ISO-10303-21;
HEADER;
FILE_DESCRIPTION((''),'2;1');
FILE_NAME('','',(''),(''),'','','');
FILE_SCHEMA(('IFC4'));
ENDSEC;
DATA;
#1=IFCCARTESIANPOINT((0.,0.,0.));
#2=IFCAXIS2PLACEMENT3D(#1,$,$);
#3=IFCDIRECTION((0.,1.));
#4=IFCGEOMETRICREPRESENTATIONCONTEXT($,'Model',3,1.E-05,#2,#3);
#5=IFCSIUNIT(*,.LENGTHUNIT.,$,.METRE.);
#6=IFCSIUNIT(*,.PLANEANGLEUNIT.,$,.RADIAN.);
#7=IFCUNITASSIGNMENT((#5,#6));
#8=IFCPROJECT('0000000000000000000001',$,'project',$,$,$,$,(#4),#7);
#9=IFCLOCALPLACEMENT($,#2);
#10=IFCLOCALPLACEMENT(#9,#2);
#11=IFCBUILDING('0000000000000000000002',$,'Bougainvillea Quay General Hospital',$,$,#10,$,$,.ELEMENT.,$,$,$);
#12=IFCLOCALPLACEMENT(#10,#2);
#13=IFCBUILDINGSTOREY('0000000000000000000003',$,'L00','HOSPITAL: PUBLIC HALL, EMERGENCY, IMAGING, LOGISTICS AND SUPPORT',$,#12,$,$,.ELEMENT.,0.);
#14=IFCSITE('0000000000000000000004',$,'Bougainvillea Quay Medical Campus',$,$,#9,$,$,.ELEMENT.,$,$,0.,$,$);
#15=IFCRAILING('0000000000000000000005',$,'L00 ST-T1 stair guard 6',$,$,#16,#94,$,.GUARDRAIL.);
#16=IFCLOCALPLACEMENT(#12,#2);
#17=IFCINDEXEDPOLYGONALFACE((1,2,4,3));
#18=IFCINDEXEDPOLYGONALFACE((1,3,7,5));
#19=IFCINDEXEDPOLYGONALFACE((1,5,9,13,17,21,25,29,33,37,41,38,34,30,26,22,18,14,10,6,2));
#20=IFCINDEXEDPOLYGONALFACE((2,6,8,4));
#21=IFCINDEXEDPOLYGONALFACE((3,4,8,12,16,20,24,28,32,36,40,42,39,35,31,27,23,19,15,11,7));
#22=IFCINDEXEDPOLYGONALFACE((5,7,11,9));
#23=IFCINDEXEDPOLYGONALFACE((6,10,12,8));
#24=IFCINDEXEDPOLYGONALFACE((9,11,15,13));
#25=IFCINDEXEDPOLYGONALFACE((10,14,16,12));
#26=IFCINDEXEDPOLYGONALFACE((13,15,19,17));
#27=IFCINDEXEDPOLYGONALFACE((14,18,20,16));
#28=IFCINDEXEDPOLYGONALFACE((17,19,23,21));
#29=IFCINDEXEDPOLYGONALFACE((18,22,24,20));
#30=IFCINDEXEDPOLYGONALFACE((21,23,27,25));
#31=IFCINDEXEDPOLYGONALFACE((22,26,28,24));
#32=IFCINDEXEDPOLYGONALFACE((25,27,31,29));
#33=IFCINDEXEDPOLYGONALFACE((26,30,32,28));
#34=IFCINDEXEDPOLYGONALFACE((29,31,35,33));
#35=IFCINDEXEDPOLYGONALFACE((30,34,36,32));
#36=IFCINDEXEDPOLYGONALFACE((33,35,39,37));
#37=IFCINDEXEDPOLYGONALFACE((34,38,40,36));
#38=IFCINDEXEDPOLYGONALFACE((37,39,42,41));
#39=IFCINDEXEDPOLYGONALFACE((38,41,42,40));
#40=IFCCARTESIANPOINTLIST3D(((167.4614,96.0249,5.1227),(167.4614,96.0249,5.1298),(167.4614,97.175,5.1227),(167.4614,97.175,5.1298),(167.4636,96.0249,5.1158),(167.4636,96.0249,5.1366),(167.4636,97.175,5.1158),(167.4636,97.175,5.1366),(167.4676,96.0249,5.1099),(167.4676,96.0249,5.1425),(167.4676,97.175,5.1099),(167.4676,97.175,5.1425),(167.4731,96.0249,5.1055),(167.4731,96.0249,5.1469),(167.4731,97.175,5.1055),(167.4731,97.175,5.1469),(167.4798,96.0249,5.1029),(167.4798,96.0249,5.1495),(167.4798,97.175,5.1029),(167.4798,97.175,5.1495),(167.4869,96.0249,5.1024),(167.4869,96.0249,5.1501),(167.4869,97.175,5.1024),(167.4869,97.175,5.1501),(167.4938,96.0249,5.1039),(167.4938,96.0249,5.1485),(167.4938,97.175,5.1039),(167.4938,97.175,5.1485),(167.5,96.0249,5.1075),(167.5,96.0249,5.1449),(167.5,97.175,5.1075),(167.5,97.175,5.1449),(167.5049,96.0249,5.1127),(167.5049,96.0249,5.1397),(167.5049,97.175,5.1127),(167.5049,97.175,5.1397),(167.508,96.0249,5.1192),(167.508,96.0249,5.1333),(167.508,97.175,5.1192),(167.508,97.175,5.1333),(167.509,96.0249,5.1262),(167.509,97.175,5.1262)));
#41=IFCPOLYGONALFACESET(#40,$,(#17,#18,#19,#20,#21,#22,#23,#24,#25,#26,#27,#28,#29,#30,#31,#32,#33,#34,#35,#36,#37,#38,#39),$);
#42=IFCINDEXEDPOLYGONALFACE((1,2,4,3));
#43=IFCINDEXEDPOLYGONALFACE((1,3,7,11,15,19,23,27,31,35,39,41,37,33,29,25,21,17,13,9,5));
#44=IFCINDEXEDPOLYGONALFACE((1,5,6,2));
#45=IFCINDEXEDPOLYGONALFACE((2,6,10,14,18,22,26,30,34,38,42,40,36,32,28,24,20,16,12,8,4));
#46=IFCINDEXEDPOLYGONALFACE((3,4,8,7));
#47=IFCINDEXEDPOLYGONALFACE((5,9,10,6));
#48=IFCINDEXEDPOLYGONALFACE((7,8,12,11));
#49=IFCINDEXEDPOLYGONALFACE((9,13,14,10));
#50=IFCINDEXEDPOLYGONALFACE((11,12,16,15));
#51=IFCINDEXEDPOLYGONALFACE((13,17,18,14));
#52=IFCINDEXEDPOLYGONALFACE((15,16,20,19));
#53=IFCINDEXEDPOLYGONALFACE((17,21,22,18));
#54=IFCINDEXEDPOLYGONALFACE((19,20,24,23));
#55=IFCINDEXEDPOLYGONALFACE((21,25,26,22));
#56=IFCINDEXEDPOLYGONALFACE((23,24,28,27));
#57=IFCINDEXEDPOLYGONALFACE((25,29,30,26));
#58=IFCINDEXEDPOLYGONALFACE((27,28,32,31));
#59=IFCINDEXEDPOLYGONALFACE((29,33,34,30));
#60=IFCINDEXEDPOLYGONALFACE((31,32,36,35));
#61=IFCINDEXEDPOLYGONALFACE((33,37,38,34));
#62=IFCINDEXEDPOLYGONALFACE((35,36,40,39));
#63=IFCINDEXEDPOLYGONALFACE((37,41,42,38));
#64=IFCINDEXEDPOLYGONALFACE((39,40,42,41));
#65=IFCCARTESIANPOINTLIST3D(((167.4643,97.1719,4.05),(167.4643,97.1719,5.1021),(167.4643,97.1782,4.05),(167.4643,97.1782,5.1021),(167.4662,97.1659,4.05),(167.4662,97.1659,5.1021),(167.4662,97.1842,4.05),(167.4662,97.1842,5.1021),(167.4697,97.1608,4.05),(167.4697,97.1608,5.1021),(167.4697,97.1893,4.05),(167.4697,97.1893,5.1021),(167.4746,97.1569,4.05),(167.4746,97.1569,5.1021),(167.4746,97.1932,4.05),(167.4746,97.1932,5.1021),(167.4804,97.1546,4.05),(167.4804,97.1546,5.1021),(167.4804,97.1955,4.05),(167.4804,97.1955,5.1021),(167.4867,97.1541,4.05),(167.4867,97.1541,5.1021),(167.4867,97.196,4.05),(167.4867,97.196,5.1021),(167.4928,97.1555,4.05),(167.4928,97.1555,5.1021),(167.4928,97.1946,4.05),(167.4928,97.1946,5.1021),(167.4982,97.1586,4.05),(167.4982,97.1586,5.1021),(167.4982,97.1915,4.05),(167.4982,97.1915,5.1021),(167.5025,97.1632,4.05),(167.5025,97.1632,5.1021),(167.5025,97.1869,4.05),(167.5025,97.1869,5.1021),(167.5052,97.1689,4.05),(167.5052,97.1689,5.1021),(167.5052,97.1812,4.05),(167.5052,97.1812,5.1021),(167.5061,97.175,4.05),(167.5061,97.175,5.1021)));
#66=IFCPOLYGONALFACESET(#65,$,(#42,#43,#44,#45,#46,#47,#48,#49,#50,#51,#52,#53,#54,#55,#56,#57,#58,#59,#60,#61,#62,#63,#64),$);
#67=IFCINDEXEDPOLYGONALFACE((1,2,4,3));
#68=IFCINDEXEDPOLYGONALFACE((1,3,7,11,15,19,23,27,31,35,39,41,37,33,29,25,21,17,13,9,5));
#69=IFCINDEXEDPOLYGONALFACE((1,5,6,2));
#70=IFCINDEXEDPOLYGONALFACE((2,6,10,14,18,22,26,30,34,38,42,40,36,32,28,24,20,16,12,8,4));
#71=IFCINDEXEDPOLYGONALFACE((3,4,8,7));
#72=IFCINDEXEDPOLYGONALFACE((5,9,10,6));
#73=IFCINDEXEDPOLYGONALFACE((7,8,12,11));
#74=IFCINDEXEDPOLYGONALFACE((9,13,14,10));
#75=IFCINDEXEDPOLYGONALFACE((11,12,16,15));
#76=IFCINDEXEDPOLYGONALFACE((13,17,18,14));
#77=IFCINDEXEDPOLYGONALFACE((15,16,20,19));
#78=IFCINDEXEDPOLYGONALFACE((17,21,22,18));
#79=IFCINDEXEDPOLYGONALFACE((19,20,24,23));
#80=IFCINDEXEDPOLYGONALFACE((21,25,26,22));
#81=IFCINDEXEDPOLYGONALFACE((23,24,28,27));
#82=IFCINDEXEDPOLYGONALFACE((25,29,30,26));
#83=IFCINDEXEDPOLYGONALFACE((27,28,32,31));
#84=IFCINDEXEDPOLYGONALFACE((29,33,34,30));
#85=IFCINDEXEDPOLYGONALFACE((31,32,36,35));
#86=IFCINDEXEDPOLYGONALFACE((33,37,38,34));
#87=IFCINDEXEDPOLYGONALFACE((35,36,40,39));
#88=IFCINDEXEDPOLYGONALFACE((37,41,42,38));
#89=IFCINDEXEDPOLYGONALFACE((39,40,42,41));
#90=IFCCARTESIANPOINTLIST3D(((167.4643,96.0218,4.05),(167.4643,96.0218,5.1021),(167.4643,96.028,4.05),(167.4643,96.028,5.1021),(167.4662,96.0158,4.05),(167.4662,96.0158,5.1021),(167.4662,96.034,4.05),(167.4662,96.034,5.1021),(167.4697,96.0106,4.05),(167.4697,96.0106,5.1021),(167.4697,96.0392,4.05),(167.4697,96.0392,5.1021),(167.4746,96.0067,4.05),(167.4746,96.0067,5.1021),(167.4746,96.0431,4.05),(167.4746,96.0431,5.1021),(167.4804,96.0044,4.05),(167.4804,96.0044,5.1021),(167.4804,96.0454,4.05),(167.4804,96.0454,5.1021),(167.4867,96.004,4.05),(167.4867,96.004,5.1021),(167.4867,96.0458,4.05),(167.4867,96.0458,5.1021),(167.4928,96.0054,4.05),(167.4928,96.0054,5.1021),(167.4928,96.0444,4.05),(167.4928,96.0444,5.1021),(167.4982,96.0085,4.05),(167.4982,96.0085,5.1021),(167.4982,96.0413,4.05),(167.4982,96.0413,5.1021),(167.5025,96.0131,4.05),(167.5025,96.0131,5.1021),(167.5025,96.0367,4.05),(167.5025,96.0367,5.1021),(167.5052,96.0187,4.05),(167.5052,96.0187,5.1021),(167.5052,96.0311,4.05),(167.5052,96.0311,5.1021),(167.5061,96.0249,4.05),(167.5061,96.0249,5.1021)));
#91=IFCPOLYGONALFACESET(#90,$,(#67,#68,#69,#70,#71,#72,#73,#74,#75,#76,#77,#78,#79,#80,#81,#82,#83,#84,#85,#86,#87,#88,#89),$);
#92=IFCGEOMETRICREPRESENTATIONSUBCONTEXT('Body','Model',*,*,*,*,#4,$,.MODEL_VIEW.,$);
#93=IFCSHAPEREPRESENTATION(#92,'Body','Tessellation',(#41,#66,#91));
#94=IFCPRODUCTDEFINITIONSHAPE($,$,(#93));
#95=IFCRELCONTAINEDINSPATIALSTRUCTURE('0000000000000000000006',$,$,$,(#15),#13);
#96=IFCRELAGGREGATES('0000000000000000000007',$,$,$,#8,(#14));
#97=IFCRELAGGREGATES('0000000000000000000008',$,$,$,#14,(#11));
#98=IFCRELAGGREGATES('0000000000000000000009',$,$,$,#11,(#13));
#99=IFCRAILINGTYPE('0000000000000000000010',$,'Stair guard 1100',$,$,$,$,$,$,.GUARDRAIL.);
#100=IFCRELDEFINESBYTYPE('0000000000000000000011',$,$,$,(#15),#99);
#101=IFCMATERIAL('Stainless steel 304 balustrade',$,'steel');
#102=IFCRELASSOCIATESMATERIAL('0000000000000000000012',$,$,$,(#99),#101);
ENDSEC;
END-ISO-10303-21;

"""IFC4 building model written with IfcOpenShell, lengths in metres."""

from ifc_helpers import new_model, si_unit, direction, frame, origin, origin_2d, place, context, subcontext, project, spatial, circle, extrude, material, type_object, element, save


model = new_model("IFC4")

# Units and contexts
model_context = context("Model", 3, precision=1e-05, world=origin(), true_north=direction((0.0, 1.0)))
body_context = subcontext(model_context, "Body", "Model", "MODEL_VIEW")
ifc_project = project(units=[si_unit("LENGTHUNIT", "METRE"), si_unit("PLANEANGLEUNIT", "RADIAN")], contexts=[model_context])

# Site, building, storey
site_placement = place(None, origin())
site = spatial("IfcSite", under=ifc_project, at=site_placement, Name="Bougainvillea Quay Medical Campus", CompositionType="ELEMENT", RefElevation=0.0)
building_placement = place(site_placement, origin())
building = spatial("IfcBuilding", under=site, at=building_placement, Name="Bougainvillea Quay General Hospital", CompositionType="ELEMENT")
storey_placement = place(building_placement, origin())
storey = spatial("IfcBuildingStorey", under=building, at=storey_placement, Name="L00", Description="HOSPITAL: PUBLIC HALL, EMERGENCY, IMAGING, LOGISTICS AND SUPPORT", CompositionType="ELEMENT", Elevation=0.0)

# Railing
ifc_material_1 = material(Name="Stainless steel 304 balustrade", Category="steel")
railing_type_1 = type_object("IfcRailingType", Name="Stair guard 1100", PredefinedType="GUARDRAIL", material=ifc_material_1)
railing_1_placement = place(storey_placement, frame((167.4851, 97.175, 4.05)))
element("IfcRailing", 1, at=railing_1_placement, inside=storey, type_object=railing_type_1, Name="L00 ST-T1 stair guard 6", PredefinedType="GUARDRAIL", context=body_context, shape_type="SweptSolid", body=[
    extrude(circle(Radius=0.0239, at=origin_2d()), frame((0.0, 0.0, 1.0762), z_axis=(0.0, -1.0, 0.0), x_axis=(1.0, 0.0, 0.0)), (0.0, 0.0, 1.0), 1.1501),
    extrude(circle(Radius=0.021, at=origin_2d()), origin(), (0.0, 0.0, 1.0), 1.052),
    extrude(circle(Radius=0.021, at=origin_2d()), frame((0.0, -1.1501, 0.0)), (0.0, 0.0, 1.0), 1.052),
])

save(model, "model.ifc")
